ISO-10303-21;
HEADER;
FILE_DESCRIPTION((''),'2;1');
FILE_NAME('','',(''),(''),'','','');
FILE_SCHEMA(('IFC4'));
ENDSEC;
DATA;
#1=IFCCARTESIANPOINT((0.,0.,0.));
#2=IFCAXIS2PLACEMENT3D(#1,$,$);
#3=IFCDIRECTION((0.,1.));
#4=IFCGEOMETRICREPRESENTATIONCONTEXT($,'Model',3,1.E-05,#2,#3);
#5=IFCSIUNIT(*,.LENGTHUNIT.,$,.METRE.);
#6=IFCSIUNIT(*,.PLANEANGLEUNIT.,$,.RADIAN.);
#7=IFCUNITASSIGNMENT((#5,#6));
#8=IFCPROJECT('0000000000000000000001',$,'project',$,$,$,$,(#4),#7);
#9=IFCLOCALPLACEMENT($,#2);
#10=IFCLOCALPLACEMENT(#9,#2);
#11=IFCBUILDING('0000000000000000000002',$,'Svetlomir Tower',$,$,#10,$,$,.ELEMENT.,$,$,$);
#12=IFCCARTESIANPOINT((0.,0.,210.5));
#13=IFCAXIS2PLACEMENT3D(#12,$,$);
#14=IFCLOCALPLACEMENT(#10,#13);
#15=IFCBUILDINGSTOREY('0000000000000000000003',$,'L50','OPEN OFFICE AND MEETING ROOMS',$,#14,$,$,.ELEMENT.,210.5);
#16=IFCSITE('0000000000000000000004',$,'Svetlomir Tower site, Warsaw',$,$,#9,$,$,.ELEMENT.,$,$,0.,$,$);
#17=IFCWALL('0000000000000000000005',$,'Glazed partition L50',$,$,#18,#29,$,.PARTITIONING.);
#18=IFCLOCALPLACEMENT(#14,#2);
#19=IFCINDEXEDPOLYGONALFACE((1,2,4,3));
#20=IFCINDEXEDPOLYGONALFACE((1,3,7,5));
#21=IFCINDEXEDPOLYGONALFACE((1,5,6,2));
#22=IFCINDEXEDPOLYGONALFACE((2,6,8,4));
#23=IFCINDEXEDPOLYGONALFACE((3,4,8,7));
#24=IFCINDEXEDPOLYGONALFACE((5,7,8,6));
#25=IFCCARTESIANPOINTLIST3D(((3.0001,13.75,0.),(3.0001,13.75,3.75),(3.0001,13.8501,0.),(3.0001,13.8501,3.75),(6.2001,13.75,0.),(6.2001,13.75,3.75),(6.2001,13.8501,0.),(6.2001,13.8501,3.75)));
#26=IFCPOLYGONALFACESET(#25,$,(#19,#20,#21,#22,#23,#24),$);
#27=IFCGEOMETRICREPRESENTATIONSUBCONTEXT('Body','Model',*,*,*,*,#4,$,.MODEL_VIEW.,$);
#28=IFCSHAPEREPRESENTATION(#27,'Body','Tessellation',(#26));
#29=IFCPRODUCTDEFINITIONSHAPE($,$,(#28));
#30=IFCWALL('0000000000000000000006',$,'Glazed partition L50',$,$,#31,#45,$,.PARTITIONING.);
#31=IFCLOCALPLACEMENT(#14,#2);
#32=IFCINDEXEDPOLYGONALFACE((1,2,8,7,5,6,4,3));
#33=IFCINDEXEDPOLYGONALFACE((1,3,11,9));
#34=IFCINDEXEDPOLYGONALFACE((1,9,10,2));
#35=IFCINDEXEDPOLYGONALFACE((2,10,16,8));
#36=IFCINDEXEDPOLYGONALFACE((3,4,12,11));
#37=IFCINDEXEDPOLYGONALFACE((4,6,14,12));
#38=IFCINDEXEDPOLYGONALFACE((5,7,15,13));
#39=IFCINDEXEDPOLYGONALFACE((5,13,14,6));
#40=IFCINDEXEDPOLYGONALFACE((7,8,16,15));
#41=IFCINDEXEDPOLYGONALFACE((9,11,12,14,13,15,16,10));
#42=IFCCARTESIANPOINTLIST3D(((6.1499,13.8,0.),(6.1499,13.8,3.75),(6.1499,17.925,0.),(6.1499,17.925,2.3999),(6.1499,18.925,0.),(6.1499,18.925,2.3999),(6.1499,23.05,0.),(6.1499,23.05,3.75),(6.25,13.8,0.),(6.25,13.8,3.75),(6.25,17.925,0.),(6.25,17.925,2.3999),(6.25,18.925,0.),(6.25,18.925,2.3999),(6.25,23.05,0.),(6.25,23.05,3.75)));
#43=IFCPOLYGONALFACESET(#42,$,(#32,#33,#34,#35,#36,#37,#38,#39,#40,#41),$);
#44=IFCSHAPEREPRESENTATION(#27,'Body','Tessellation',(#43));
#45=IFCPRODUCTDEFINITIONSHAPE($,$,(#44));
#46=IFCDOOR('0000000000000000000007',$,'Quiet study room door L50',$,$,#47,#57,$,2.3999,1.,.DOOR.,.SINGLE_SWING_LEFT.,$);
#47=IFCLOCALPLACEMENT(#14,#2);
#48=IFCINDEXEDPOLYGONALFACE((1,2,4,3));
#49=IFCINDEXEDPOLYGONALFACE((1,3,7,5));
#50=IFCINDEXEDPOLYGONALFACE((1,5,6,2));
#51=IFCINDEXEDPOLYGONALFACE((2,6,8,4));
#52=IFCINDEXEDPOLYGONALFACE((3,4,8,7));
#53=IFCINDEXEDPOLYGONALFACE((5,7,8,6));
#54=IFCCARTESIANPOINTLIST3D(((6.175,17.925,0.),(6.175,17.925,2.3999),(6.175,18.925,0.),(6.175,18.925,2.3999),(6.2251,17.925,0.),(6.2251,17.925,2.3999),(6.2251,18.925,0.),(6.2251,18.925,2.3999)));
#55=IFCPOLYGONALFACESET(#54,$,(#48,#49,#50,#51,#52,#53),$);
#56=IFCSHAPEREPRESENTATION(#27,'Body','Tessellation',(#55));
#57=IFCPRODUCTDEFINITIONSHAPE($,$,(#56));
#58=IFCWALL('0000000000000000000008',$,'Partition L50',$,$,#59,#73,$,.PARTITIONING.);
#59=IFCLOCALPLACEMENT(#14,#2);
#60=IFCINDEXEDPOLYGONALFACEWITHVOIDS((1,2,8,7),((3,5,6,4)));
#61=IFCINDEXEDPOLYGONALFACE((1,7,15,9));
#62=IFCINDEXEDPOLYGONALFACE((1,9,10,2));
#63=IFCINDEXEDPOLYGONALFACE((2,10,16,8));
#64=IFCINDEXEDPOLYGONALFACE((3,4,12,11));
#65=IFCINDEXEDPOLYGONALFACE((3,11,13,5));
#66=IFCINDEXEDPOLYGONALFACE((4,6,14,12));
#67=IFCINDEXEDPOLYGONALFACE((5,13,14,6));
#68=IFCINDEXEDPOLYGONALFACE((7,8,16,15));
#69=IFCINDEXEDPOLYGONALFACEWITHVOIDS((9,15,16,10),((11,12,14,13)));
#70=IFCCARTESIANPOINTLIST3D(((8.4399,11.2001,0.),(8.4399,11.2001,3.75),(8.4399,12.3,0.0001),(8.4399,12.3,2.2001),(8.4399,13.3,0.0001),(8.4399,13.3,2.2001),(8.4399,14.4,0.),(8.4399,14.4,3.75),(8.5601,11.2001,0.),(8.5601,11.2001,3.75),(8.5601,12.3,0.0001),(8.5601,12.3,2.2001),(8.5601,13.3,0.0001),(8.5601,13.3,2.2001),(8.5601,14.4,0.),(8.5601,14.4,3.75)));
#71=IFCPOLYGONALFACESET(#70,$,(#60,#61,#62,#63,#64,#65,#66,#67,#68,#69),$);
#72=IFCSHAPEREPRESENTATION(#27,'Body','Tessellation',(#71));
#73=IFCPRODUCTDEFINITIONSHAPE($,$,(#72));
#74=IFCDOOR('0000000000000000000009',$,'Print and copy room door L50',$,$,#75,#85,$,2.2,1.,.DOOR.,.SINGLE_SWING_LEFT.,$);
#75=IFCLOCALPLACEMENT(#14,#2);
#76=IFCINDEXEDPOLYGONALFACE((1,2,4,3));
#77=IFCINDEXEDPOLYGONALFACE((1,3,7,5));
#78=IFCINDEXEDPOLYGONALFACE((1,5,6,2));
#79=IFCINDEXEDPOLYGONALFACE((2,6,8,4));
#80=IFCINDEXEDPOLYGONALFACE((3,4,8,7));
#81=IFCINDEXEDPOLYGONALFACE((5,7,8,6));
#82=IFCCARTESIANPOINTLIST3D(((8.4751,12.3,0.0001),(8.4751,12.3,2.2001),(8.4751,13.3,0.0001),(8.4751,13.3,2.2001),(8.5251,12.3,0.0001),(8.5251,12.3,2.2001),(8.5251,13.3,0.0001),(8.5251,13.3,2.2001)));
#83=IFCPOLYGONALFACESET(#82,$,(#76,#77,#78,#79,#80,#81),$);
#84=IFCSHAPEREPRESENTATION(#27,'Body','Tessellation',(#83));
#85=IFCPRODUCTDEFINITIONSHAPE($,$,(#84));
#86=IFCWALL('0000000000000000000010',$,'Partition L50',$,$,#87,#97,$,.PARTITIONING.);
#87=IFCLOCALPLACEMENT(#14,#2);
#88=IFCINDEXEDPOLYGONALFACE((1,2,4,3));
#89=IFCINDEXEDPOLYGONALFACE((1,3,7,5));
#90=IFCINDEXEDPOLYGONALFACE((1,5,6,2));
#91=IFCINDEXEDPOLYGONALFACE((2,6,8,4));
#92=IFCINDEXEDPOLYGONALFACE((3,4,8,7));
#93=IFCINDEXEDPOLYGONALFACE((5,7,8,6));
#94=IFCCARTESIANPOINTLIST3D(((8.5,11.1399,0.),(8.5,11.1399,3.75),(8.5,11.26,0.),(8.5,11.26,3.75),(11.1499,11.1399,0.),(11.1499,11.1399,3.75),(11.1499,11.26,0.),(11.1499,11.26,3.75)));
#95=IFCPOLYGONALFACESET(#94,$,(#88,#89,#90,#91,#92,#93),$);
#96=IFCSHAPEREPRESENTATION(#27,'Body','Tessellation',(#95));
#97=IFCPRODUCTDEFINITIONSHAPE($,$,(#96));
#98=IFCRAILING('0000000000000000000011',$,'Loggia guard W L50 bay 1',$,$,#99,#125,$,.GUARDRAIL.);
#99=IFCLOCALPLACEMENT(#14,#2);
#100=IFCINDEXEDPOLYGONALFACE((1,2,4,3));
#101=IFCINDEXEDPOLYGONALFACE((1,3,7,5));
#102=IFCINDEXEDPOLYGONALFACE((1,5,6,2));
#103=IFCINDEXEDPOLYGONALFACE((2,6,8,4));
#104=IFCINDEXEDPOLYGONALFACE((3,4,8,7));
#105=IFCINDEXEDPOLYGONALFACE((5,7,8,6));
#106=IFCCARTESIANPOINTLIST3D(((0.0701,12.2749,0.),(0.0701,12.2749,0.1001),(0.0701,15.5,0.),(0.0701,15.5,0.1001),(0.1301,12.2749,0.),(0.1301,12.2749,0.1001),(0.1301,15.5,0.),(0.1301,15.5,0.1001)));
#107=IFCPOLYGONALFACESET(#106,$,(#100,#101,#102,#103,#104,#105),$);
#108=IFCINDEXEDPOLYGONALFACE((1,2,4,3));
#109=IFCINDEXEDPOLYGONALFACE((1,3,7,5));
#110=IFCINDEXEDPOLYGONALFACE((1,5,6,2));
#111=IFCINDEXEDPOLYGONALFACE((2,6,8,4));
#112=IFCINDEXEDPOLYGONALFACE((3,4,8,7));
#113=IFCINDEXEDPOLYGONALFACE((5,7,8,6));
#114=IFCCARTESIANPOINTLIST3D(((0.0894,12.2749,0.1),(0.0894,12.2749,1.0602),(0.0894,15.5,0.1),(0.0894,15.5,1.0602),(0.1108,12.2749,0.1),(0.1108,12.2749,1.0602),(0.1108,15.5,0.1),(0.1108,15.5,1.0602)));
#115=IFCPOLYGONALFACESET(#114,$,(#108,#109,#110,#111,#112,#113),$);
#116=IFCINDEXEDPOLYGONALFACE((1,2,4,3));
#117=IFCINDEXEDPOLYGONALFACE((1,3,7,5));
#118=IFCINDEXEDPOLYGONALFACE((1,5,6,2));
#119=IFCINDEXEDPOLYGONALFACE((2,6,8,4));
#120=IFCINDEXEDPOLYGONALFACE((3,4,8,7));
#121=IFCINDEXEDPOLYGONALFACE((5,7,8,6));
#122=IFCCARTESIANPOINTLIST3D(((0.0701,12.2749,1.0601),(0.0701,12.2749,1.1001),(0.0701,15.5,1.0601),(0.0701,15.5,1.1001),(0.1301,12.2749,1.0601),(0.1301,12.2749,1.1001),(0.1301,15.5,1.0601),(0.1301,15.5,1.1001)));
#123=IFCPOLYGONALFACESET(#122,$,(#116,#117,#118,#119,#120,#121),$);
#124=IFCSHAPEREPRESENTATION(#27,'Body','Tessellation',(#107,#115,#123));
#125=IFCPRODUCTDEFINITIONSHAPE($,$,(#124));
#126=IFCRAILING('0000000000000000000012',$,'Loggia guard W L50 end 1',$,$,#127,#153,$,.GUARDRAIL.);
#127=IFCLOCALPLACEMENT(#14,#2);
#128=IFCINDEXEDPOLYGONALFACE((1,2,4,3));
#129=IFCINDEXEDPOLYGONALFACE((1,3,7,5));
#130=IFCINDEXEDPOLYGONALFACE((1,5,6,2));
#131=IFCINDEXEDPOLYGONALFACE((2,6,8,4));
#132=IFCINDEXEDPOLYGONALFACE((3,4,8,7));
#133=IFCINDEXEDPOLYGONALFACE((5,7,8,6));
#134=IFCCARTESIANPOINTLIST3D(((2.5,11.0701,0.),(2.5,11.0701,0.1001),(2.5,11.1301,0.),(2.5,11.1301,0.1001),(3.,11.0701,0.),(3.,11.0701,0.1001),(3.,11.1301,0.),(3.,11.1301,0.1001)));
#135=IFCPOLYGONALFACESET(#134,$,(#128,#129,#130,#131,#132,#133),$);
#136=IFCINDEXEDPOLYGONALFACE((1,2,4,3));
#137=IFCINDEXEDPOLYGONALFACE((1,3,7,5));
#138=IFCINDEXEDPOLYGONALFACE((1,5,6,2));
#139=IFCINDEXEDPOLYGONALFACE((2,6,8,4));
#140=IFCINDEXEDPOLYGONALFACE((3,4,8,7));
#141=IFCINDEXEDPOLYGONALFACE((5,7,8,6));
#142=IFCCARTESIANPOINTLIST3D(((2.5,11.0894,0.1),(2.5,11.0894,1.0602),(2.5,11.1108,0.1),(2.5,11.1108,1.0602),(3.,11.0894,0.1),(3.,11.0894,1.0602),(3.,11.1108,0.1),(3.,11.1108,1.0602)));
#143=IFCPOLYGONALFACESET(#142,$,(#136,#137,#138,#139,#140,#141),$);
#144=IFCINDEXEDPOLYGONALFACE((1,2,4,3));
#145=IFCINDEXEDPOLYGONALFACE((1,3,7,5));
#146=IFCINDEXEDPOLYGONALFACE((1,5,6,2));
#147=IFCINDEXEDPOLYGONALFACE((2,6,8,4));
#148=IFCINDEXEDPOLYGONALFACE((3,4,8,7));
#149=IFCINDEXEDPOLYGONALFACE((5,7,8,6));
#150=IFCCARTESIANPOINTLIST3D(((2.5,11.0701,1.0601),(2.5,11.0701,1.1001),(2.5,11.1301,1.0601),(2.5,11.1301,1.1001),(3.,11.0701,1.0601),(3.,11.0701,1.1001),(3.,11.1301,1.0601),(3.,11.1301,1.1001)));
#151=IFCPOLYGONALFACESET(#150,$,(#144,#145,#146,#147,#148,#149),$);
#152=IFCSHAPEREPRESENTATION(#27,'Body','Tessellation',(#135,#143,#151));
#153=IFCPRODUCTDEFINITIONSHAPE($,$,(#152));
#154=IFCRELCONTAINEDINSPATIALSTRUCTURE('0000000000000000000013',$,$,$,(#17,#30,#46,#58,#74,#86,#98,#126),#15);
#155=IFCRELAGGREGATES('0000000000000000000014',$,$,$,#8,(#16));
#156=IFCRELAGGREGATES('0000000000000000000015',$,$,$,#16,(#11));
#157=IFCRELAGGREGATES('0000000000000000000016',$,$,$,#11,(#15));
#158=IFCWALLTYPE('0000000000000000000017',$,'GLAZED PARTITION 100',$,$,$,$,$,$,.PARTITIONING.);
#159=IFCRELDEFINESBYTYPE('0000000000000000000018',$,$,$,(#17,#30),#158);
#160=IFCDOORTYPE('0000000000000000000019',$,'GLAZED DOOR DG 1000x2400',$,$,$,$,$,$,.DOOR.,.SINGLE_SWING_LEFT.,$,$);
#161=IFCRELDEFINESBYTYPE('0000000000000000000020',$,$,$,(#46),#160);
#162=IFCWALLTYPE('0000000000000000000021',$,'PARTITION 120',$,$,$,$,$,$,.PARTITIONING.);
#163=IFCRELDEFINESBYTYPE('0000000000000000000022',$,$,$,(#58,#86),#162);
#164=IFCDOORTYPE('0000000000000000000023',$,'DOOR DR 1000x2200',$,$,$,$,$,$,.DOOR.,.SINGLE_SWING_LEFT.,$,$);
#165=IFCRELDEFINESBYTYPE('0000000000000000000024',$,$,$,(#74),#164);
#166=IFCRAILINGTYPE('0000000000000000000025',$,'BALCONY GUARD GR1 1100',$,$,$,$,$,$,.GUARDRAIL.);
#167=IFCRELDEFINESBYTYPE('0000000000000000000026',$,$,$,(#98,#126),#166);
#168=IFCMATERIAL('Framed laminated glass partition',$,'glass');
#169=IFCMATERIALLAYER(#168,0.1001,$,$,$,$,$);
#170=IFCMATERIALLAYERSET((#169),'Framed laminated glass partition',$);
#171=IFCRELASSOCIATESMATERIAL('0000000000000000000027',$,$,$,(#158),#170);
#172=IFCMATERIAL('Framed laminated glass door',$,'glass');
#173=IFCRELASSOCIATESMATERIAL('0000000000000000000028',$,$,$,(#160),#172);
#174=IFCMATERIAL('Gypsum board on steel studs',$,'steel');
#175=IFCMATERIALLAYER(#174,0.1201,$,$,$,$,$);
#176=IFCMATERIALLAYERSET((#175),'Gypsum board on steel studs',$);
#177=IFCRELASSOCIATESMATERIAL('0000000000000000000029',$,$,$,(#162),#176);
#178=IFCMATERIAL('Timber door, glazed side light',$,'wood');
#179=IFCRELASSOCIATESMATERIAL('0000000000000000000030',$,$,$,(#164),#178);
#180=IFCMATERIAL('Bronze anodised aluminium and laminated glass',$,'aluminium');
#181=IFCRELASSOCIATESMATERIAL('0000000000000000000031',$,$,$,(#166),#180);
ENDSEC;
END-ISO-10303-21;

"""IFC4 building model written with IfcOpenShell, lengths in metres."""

from ifc_helpers import new_model, si_unit, direction, frame, frame_2d, origin, origin_2d, place, context, subcontext, project, spatial, rectangle, extrude, material, layer, layer_set, type_object, element, fill, save


model = new_model("IFC4")

# Units and contexts
model_context = context("Model", 3, precision=1e-05, world=origin(), true_north=direction((0.0, 1.0)))
body_context = subcontext(model_context, "Body", "Model", "MODEL_VIEW")
ifc_project = project(units=[si_unit("LENGTHUNIT", "METRE"), si_unit("PLANEANGLEUNIT", "RADIAN")], contexts=[model_context])

# Site, building, storey
site_placement = place(None, origin())
site = spatial("IfcSite", under=ifc_project, at=site_placement, Name="Svetlomir Tower site, Warsaw", CompositionType="ELEMENT", RefElevation=0.0)
building_placement = place(site_placement, origin())
building = spatial("IfcBuilding", under=site, at=building_placement, Name="Svetlomir Tower", CompositionType="ELEMENT")
storey_placement = place(building_placement, frame((0.0, 0.0, 210.5)))
storey = spatial("IfcBuildingStorey", under=building, at=storey_placement, Name="L50", Description="OPEN OFFICE AND MEETING ROOMS", CompositionType="ELEMENT", Elevation=210.5)

# Wall
ifc_material_1 = material(Name="Framed laminated glass partition", Category="glass")
ifc_layer_1 = layer(ifc_material_1, 0.1001)
ifc_layer_set_1 = layer_set([ifc_layer_1], Name="Framed laminated glass partition")
wall_type_1 = type_object("IfcWallType", Name="GLAZED PARTITION 100", PredefinedType="PARTITIONING", material=ifc_layer_set_1)
wall_1_placement = place(storey_placement, frame((3.0, 13.8, 0.0), z_axis=(0.0, 0.0, 1.0), x_axis=(1.0, 0.0, 0.0)))
element("IfcWall", 1, at=wall_1_placement, inside=storey, type_object=wall_type_1, Name="Glazed partition L50", PredefinedType="PARTITIONING", context=body_context, shape_type="SweptSolid", body=[
    extrude(rectangle(XDim=3.2, YDim=0.1001, at=frame_2d((1.6001, 0.0))), origin(), (0.0, 0.0, 1.0), 3.75),
])

# Walls, openings, doors
wall_2_placement = place(storey_placement, frame((6.2, 13.8, 0.0), z_axis=(0.0, 0.0, 1.0), x_axis=(0.0, 1.0, 0.0)))
wall_2 = element("IfcWall", 2, at=wall_2_placement, inside=storey, type_object=wall_type_1, Name="Glazed partition L50", PredefinedType="PARTITIONING", context=body_context, shape_type="SweptSolid", body=[
    extrude(rectangle(XDim=9.25, YDim=0.1001, at=frame_2d((4.625, 0.0))), origin(), (0.0, 0.0, 1.0), 3.75),
])
opening_1_placement = place(wall_2_placement, frame((4.125, 0.0, 0.0)))
opening_1 = element("IfcOpeningElement", 3, at=opening_1_placement, cuts=wall_2, PredefinedType="OPENING", context=body_context, shape_type="SweptSolid", body=[
    extrude(rectangle(XDim=1.0, YDim=2.3999, at=frame_2d((0.5, 1.2))), frame((0.0, 0.0601, 0.0), z_axis=(0.0, -1.0, 0.0), x_axis=(1.0, 0.0, 0.0)), (0.0, 0.0, 1.0), 0.1201),
])
ifc_material_2 = material(Name="Framed laminated glass door", Category="glass")
door_type_1 = type_object("IfcDoorType", Name="GLAZED DOOR DG 1000x2400", OperationType="SINGLE_SWING_LEFT", PredefinedType="DOOR", material=ifc_material_2)
door_1_placement = place(opening_1_placement, origin())
door_1 = element("IfcDoor", 4, at=door_1_placement, inside=storey, type_object=door_type_1, Name="Quiet study room door L50", OperationType="SINGLE_SWING_LEFT", OverallHeight=2.3999, OverallWidth=1.0, PredefinedType="DOOR", context=body_context, shape_type="SweptSolid", body=[
    extrude(rectangle(XDim=1.0, YDim=2.3999, at=frame_2d((0.5, 1.2))), frame((0.0, 0.0249, 0.0), z_axis=(0.0, -1.0, 0.0), x_axis=(1.0, 0.0, 0.0)), (0.0, 0.0, 1.0), 0.05),
])
fill(opening_1, door_1)
ifc_material_3 = material(Name="Gypsum board on steel studs", Category="steel")
ifc_layer_2 = layer(ifc_material_3, 0.1201)
ifc_layer_set_2 = layer_set([ifc_layer_2], Name="Gypsum board on steel studs")
wall_type_2 = type_object("IfcWallType", Name="PARTITION 120", PredefinedType="PARTITIONING", material=ifc_layer_set_2)
wall_3_placement = place(storey_placement, frame((8.5, 11.2, 0.0), z_axis=(0.0, 0.0, 1.0), x_axis=(0.0, 1.0, 0.0)))
wall_3 = element("IfcWall", 5, at=wall_3_placement, inside=storey, type_object=wall_type_2, Name="Partition L50", PredefinedType="PARTITIONING", context=body_context, shape_type="SweptSolid", body=[
    extrude(rectangle(XDim=3.2, YDim=0.1201, at=frame_2d((1.6001, 0.0))), origin(), (0.0, 0.0, 1.0), 3.75),
])
opening_2_placement = place(wall_3_placement, frame((1.1001, 0.0, 0.0)))
opening_2 = element("IfcOpeningElement", 6, at=opening_2_placement, cuts=wall_3, PredefinedType="OPENING", context=body_context, shape_type="SweptSolid", body=[
    extrude(rectangle(XDim=1.0, YDim=2.2, at=frame_2d((0.5, 1.1001))), frame((0.0, 0.0701, 0.0), z_axis=(0.0, -1.0, 0.0), x_axis=(1.0, 0.0, 0.0)), (0.0, 0.0, 1.0), 0.1401),
])
ifc_material_4 = material(Name="Timber door, glazed side light", Category="wood")
door_type_2 = type_object("IfcDoorType", Name="DOOR DR 1000x2200", OperationType="SINGLE_SWING_LEFT", PredefinedType="DOOR", material=ifc_material_4)
door_2_placement = place(opening_2_placement, origin())
door_2 = element("IfcDoor", 7, at=door_2_placement, inside=storey, type_object=door_type_2, Name="Print and copy room door L50", OperationType="SINGLE_SWING_LEFT", OverallHeight=2.2, OverallWidth=1.0, PredefinedType="DOOR", context=body_context, shape_type="SweptSolid", body=[
    extrude(rectangle(XDim=1.0, YDim=2.2, at=frame_2d((0.5, 1.1001))), frame((0.0, 0.0249, 0.0), z_axis=(0.0, -1.0, 0.0), x_axis=(1.0, 0.0, 0.0)), (0.0, 0.0, 1.0), 0.05),
])
fill(opening_2, door_2)

# Wall
wall_4_placement = place(storey_placement, frame((8.5, 11.2, 0.0), z_axis=(0.0, 0.0, 1.0), x_axis=(1.0, 0.0, 0.0)))
element("IfcWall", 8, at=wall_4_placement, inside=storey, type_object=wall_type_2, Name="Partition L50", PredefinedType="PARTITIONING", context=body_context, shape_type="SweptSolid", body=[
    extrude(rectangle(XDim=2.6499, YDim=0.1201, at=frame_2d((1.325, 0.0))), origin(), (0.0, 0.0, 1.0), 3.75),
])

# Railings
ifc_material_5 = material(Name="Bronze anodised aluminium and laminated glass", Category="aluminium")
railing_type = type_object("IfcRailingType", Name="BALCONY GUARD GR1 1100", PredefinedType="GUARDRAIL", material=ifc_material_5)
railing_1_placement = place(storey_placement, frame((0.1001, 12.2749, 0.0)))
element("IfcRailing", 9, at=railing_1_placement, inside=storey, type_object=railing_type, Name="Loggia guard W L50 bay 1", PredefinedType="GUARDRAIL", context=body_context, shape_type="SweptSolid", body=[
    extrude(rectangle(XDim=0.0601, YDim=0.1001, at=origin_2d()), frame((0.0, 0.0, 0.05), z_axis=(0.0, 1.0, 0.0), x_axis=(-1.0, 0.0, 0.0)), (0.0, 0.0, 1.0), 3.2251),
    extrude(rectangle(XDim=0.0215, YDim=0.9602, at=origin_2d()), frame((0.0, 0.0, 0.5801), z_axis=(0.0, 1.0, 0.0), x_axis=(-1.0, 0.0, 0.0)), (0.0, 0.0, 1.0), 3.2251),
    extrude(rectangle(XDim=0.0601, YDim=0.04, at=origin_2d()), frame((0.0, 0.0, 1.0801), z_axis=(0.0, 1.0, 0.0), x_axis=(-1.0, 0.0, 0.0)), (0.0, 0.0, 1.0), 3.2251),
])
railing_2_placement = place(storey_placement, frame((2.5, 11.1001, 0.0)))
element("IfcRailing", 10, at=railing_2_placement, inside=storey, type_object=railing_type, Name="Loggia guard W L50 end 1", PredefinedType="GUARDRAIL", context=body_context, shape_type="SweptSolid", body=[
    extrude(rectangle(XDim=0.0601, YDim=0.1001, at=origin_2d()), frame((0.0, 0.0, 0.05), z_axis=(1.0, 0.0, 0.0), x_axis=(0.0, 1.0, 0.0)), (0.0, 0.0, 1.0), 0.5),
    extrude(rectangle(XDim=0.0215, YDim=0.9602, at=origin_2d()), frame((0.0, 0.0, 0.5801), z_axis=(1.0, 0.0, 0.0), x_axis=(0.0, 1.0, 0.0)), (0.0, 0.0, 1.0), 0.5),
    extrude(rectangle(XDim=0.0601, YDim=0.04, at=origin_2d()), frame((0.0, 0.0, 1.0801), z_axis=(1.0, 0.0, 0.0), x_axis=(0.0, 1.0, 0.0)), (0.0, 0.0, 1.0), 0.5),
])

save(model, "model.ifc")
